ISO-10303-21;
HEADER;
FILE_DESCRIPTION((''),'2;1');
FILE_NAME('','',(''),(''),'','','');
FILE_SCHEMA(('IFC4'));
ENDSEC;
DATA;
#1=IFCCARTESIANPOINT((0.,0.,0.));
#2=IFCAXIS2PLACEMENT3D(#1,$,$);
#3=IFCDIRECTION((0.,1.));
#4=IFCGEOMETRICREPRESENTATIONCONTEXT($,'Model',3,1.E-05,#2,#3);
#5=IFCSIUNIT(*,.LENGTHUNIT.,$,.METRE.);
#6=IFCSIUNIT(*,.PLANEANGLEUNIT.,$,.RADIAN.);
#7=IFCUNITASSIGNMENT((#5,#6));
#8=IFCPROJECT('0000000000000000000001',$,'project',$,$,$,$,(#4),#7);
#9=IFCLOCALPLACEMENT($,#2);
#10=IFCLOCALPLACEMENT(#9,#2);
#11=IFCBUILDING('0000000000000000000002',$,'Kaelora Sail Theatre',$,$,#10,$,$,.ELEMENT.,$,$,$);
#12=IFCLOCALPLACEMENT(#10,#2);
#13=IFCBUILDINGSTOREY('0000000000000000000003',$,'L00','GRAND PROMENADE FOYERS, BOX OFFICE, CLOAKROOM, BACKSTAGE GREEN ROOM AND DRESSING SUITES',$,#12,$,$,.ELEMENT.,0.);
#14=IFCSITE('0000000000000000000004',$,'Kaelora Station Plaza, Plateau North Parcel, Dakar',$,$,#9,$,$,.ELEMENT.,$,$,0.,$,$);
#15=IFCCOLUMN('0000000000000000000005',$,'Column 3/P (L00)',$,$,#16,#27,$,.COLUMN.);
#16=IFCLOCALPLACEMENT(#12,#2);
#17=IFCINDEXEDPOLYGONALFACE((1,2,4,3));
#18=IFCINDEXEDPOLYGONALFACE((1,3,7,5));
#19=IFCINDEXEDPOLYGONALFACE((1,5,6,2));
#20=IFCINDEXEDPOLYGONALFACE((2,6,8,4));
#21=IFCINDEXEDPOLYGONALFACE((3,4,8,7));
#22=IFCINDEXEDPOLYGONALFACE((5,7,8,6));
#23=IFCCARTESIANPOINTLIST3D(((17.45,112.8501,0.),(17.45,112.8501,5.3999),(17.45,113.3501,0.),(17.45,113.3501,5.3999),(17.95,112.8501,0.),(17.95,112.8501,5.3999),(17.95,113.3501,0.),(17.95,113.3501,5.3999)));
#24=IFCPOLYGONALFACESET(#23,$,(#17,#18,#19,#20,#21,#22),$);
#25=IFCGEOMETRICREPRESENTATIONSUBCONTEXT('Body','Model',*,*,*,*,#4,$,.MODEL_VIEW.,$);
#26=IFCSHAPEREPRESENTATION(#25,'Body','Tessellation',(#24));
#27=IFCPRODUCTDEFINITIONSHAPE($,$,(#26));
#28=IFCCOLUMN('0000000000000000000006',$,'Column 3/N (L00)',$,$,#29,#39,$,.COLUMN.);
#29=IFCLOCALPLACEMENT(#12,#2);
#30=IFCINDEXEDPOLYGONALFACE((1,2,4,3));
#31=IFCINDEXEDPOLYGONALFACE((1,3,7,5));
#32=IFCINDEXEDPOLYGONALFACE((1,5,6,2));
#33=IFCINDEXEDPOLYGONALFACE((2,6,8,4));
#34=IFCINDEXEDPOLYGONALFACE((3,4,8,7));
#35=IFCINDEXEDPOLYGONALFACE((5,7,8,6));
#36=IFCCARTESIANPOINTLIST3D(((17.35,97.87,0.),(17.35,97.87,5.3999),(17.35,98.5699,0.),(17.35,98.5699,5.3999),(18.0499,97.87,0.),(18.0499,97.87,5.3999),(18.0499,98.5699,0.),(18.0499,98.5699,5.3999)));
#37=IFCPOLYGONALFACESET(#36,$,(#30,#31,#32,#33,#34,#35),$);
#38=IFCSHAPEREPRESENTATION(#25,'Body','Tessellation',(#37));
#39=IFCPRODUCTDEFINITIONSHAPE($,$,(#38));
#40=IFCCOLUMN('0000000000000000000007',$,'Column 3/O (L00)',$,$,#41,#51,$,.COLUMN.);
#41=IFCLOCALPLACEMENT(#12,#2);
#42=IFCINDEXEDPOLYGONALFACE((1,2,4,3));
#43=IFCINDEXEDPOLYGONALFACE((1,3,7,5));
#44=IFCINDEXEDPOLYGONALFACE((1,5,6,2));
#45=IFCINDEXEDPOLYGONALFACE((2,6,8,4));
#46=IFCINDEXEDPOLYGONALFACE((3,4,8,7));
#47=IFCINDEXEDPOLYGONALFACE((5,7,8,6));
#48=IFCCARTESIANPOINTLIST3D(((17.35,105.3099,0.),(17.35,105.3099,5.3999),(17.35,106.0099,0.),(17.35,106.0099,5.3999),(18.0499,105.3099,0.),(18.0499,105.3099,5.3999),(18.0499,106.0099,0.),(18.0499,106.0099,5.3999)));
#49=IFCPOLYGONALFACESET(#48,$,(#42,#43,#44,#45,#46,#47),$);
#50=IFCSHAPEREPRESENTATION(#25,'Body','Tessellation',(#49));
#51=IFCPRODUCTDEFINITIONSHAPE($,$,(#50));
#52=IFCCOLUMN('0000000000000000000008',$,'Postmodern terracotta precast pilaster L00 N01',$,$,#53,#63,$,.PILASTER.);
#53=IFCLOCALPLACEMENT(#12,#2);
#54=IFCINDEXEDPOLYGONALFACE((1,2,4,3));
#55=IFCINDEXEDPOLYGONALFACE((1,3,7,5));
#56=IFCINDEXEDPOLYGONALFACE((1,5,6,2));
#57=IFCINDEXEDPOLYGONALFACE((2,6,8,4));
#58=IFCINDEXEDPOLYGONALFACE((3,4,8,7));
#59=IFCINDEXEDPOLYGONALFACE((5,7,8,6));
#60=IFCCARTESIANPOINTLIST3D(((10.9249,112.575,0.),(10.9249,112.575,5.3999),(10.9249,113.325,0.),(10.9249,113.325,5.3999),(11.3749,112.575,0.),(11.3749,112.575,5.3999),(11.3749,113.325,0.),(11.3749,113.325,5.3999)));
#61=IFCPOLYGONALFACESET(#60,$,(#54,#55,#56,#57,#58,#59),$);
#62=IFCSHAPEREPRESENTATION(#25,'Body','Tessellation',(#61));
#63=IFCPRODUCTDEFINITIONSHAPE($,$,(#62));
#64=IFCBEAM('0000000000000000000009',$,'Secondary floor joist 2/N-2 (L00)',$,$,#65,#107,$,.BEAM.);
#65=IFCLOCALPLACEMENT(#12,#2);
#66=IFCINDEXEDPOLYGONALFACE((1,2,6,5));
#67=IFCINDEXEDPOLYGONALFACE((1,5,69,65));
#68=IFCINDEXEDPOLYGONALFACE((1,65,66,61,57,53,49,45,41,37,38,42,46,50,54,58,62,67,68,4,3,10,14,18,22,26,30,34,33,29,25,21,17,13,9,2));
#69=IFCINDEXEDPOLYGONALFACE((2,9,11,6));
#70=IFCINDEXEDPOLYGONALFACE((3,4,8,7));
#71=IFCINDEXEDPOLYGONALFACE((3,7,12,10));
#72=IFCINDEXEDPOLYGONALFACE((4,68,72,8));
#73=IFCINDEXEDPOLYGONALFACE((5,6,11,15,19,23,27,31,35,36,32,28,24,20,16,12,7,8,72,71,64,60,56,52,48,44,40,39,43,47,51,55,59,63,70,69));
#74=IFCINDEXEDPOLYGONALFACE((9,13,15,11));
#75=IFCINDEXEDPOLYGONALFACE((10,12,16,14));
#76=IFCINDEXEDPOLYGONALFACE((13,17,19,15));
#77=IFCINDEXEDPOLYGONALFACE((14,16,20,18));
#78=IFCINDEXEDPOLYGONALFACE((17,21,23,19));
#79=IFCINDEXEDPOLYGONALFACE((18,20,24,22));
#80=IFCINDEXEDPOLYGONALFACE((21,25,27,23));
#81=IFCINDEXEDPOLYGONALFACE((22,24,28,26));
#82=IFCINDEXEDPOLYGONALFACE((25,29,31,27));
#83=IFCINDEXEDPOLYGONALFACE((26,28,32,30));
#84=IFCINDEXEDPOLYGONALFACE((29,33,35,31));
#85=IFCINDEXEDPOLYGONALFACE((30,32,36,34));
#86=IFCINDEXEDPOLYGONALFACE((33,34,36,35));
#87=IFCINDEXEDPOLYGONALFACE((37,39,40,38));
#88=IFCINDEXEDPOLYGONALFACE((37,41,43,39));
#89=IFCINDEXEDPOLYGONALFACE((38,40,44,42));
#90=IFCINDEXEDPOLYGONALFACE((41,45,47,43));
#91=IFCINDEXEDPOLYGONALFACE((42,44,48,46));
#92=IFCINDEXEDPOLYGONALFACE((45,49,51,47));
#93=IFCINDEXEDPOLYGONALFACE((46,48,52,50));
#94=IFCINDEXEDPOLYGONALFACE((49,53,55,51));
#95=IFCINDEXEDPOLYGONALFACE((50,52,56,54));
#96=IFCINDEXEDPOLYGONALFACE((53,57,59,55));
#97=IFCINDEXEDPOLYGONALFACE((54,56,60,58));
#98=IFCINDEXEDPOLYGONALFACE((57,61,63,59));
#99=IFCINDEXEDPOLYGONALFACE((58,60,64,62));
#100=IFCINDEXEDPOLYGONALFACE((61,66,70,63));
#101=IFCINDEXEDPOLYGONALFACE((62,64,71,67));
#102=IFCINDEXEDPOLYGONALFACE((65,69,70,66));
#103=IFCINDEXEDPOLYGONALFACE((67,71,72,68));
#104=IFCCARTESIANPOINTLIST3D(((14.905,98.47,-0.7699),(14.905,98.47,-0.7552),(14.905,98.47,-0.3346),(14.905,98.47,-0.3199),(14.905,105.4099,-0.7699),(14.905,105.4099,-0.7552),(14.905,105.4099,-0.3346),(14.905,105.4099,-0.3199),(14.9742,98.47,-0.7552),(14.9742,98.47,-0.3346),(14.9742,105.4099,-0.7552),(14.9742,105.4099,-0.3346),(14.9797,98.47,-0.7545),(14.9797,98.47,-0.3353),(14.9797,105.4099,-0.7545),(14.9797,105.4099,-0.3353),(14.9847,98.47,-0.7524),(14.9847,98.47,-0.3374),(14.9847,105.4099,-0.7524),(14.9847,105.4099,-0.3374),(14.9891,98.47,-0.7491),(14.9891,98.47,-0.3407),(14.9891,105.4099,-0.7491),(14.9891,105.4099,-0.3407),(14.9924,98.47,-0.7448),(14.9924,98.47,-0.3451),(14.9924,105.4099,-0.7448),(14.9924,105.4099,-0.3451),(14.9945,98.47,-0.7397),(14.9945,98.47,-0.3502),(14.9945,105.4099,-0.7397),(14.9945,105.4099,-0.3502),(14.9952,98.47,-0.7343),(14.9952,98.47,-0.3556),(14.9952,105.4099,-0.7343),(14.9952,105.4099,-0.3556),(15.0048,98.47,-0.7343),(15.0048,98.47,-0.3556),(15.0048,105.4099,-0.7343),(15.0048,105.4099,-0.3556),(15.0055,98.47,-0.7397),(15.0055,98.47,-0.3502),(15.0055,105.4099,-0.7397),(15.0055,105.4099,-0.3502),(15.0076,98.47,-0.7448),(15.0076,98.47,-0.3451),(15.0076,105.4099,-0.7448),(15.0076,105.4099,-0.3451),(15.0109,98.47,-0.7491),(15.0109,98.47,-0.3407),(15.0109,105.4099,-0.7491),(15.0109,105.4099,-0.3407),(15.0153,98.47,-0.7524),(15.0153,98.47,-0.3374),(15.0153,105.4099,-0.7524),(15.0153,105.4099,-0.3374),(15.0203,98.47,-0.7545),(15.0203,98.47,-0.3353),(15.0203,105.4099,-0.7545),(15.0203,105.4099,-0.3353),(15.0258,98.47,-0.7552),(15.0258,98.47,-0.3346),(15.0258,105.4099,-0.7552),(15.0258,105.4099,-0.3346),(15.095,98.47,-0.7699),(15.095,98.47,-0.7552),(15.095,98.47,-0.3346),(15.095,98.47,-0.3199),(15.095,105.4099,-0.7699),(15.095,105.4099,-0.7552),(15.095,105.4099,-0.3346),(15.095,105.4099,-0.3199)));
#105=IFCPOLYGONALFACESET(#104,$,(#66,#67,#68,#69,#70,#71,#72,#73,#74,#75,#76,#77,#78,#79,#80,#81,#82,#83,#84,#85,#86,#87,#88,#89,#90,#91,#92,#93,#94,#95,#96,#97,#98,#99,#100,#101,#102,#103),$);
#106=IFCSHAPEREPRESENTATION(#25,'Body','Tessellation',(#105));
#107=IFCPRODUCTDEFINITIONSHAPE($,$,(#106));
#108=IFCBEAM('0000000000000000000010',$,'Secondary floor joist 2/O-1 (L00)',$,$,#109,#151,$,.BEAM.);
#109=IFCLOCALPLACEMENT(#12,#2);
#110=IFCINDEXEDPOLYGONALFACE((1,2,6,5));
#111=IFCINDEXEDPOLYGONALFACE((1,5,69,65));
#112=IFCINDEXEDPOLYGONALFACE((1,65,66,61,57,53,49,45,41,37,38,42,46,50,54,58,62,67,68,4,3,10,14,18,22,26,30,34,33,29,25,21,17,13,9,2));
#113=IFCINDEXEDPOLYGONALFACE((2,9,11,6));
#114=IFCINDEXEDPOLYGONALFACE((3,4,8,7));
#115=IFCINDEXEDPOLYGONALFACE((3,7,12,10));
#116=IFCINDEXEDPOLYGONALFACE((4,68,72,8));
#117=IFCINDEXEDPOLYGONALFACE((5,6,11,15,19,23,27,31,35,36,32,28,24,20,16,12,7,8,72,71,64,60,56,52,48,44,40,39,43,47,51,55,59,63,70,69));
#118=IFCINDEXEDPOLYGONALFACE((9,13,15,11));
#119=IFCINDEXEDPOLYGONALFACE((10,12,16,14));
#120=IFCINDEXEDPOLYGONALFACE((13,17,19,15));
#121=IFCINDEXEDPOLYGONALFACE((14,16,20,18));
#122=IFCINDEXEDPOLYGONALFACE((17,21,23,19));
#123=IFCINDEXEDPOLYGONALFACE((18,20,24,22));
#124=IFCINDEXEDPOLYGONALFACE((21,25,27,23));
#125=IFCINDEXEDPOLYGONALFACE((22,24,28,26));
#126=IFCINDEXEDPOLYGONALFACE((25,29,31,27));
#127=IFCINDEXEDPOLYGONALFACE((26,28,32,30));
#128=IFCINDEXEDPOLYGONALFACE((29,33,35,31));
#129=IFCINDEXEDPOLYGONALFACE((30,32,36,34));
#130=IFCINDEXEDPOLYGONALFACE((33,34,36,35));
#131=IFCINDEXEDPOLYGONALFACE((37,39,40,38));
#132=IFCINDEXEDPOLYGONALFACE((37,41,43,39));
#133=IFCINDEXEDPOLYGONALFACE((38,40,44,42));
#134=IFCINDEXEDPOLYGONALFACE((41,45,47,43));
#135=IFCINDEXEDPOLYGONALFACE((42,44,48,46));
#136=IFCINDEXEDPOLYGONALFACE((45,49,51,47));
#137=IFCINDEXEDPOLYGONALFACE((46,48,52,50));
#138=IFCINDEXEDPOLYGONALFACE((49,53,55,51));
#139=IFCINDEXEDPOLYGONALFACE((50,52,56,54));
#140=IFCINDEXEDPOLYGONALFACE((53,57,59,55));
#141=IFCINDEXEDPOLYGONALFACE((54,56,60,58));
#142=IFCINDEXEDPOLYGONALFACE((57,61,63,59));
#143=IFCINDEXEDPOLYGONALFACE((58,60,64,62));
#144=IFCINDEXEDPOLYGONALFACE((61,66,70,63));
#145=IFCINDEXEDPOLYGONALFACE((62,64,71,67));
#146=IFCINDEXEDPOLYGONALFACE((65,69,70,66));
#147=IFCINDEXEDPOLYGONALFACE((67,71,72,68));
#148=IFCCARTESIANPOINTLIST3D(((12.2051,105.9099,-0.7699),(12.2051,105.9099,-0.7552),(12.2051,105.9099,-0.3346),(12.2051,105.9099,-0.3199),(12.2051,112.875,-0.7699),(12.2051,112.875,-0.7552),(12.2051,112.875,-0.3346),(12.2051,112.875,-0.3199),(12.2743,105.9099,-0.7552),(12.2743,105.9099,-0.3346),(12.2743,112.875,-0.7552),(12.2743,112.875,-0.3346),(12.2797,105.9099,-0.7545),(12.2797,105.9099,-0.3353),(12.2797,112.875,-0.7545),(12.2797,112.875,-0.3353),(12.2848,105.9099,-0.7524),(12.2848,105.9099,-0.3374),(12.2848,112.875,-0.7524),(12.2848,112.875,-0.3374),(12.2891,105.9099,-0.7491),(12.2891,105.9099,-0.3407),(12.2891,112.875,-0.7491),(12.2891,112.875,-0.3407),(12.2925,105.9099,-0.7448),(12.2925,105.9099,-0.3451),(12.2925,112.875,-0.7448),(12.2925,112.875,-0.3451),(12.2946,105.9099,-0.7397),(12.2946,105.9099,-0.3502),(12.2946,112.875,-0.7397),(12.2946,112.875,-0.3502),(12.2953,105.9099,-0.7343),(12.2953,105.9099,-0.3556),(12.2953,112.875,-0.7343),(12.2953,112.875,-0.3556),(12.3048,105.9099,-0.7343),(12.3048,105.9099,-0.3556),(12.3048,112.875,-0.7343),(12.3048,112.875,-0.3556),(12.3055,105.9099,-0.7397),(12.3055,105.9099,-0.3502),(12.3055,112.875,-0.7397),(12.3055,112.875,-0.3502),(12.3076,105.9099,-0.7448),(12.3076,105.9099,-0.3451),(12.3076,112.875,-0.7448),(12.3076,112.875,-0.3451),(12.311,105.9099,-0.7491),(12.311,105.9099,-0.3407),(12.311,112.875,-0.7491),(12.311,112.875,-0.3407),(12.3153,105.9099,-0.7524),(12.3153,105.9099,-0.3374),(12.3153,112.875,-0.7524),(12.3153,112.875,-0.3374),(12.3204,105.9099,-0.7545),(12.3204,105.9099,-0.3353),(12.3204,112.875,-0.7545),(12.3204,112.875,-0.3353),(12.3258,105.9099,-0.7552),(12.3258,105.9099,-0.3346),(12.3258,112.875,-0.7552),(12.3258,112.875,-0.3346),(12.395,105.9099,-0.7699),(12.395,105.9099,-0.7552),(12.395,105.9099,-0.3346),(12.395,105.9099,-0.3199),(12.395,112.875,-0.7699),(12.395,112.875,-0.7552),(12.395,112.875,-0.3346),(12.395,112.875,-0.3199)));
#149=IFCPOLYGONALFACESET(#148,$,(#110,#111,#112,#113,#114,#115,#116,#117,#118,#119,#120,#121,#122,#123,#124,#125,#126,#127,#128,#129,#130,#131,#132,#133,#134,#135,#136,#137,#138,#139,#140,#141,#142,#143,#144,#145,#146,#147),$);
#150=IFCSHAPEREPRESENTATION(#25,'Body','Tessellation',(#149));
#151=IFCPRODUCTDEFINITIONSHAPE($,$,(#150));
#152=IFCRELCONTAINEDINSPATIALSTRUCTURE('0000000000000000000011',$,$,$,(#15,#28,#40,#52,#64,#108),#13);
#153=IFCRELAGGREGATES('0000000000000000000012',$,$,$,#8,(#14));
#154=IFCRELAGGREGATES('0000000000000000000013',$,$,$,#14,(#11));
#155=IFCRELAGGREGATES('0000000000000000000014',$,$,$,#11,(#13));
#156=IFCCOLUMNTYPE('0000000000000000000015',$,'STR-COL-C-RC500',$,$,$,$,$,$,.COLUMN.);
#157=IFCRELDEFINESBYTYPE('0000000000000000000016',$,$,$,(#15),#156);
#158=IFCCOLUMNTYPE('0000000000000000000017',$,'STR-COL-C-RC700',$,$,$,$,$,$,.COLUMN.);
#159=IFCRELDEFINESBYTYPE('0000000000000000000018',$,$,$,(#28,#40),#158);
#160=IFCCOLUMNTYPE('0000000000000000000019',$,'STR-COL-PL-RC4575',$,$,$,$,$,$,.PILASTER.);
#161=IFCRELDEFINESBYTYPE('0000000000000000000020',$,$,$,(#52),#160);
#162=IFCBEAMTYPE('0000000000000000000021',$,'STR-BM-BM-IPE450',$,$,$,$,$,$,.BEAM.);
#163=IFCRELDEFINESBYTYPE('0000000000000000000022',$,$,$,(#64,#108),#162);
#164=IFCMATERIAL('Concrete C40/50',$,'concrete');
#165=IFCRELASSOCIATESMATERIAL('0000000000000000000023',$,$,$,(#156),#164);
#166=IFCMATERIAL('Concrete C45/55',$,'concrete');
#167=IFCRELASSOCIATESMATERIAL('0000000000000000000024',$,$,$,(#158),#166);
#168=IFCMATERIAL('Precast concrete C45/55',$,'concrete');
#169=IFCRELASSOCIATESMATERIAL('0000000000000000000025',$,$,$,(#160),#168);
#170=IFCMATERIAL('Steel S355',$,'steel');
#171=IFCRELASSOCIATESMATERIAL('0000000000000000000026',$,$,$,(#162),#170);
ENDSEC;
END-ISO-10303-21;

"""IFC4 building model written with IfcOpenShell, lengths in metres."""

from ifc_helpers import new_model, si_unit, direction, frame, origin, origin_2d, place, context, subcontext, project, spatial, rectangle, i_section, extrude, material, material_profile, profile_set, type_object, element, save


model = new_model("IFC4")

# Units and contexts
model_context = context("Model", 3, precision=1e-05, world=origin(), true_north=direction((0.0, 1.0)))
body_context = subcontext(model_context, "Body", "Model", "MODEL_VIEW")
ifc_project = project(units=[si_unit("LENGTHUNIT", "METRE"), si_unit("PLANEANGLEUNIT", "RADIAN")], contexts=[model_context])

# Site, building, storey
site_placement = place(None, origin())
site = spatial("IfcSite", under=ifc_project, at=site_placement, Name="Kaelora Station Plaza, Plateau North Parcel, Dakar", CompositionType="ELEMENT", RefElevation=0.0)
building_placement = place(site_placement, origin())
building = spatial("IfcBuilding", under=site, at=building_placement, Name="Kaelora Sail Theatre", CompositionType="ELEMENT")
storey_placement = place(building_placement, origin())
storey = spatial("IfcBuildingStorey", under=building, at=storey_placement, Name="L00", Description="GRAND PROMENADE FOYERS, BOX OFFICE, CLOAKROOM, BACKSTAGE GREEN ROOM AND DRESSING SUITES", CompositionType="ELEMENT", Elevation=0.0)

# Columns
ifc_material_1 = material(Name="Concrete C40/50", Category="concrete")
ifc_material_profile_1 = material_profile(ifc_material_1, rectangle(XDim=0.5, YDim=0.5, at=origin_2d()), Name="RC-COL 500x500")
ifc_profile_set_1 = profile_set([ifc_material_profile_1], Name="Concrete C40/50")
column_type_1 = type_object("IfcColumnType", Name="STR-COL-C-RC500", PredefinedType="COLUMN", material=ifc_profile_set_1)
column_1_placement = place(storey_placement, frame((17.7, 113.1001, 0.0), z_axis=(0.0, 0.0, 1.0), x_axis=(1.0, 0.0, 0.0)))
element("IfcColumn", 1, at=column_1_placement, inside=storey, type_object=column_type_1, Name="Column 3/P (L00)", PredefinedType="COLUMN", context=body_context, shape_type="SweptSolid", body=[
    extrude(rectangle(XDim=0.5, YDim=0.5, at=origin_2d()), origin(), (0.0, 0.0, 1.0), 5.3999),
])
ifc_material_2 = material(Name="Concrete C45/55", Category="concrete")
ifc_material_profile_2 = material_profile(ifc_material_2, rectangle(XDim=0.7, YDim=0.7, at=origin_2d()), Name="RC-COL 700x700")
ifc_profile_set_2 = profile_set([ifc_material_profile_2], Name="Concrete C45/55")
column_type_2 = type_object("IfcColumnType", Name="STR-COL-C-RC700", PredefinedType="COLUMN", material=ifc_profile_set_2)
for number, where, z_axis, x_axis, name in (
    (2, (17.7, 98.22, 0.0), (0.0, 0.0, 1.0), (1.0, 0.0, 0.0), "Column 3/N (L00)"),
    (3, (17.7, 105.6599, 0.0), (0.0, 0.0, 1.0), (1.0, 0.0, 0.0), "Column 3/O (L00)"),
):
    element("IfcColumn", number, at=place(storey_placement, frame(where, z_axis=z_axis, x_axis=x_axis)), inside=storey, type_object=column_type_2, Name=name, PredefinedType="COLUMN", context=body_context, shape_type="SweptSolid", body=[
        extrude(rectangle(XDim=0.7, YDim=0.7, at=origin_2d()), origin(), (0.0, 0.0, 1.0), 5.3999),
    ])
ifc_material_3 = material(Name="Precast concrete C45/55", Category="concrete")
ifc_material_profile_3 = material_profile(ifc_material_3, rectangle(XDim=0.45, YDim=0.75, at=origin_2d()), Name="RC-PIL 450x750")
ifc_profile_set_3 = profile_set([ifc_material_profile_3], Name="Precast concrete C45/55")
column_type_3 = type_object("IfcColumnType", Name="STR-COL-PL-RC4575", PredefinedType="PILASTER", material=ifc_profile_set_3)
column_2_placement = place(storey_placement, frame((11.1499, 112.95, 0.0), z_axis=(0.0, 0.0, 1.0), x_axis=(1.0, 0.0, 0.0)))
element("IfcColumn", 4, at=column_2_placement, inside=storey, type_object=column_type_3, Name="Postmodern terracotta precast pilaster L00 N01", PredefinedType="PILASTER", context=body_context, shape_type="SweptSolid", body=[
    extrude(rectangle(XDim=0.45, YDim=0.75, at=origin_2d()), origin(), (0.0, 0.0, 1.0), 5.3999),
])

# Beams
ifc_material_4 = material(Name="Steel S355", Category="steel")
ifc_material_profile_4 = material_profile(ifc_material_4, i_section(OverallWidth=0.1899, OverallDepth=0.45, WebThickness=0.0095, FlangeThickness=0.0146, FilletRadius=0.021, at=origin_2d()), Name="IPE 450")
ifc_profile_set_4 = profile_set([ifc_material_profile_4], Name="Steel S355")
beam_type_1 = type_object("IfcBeamType", Name="STR-BM-BM-IPE450", PredefinedType="BEAM", material=ifc_profile_set_4)
beam_1_placement = place(storey_placement, frame((15.0, 98.47, -0.5449), z_axis=(0.0, 1.0, 0.0), x_axis=(-1.0, 0.0, 0.0)))
element("IfcBeam", 5, at=beam_1_placement, inside=storey, type_object=beam_type_1, Name="Secondary floor joist 2/N-2 (L00)", PredefinedType="BEAM", context=body_context, shape_type="SweptSolid", body=[
    extrude(i_section(OverallWidth=0.1899, OverallDepth=0.45, WebThickness=0.0095, FlangeThickness=0.0146, FilletRadius=0.021, at=origin_2d()), origin(), (0.0, 0.0, 1.0), 6.9399),
])
beam_2_placement = place(storey_placement, frame((12.3, 105.9099, -0.5449), z_axis=(0.0, 1.0, 0.0), x_axis=(-1.0, 0.0, 0.0)))
element("IfcBeam", 6, at=beam_2_placement, inside=storey, type_object=beam_type_1, Name="Secondary floor joist 2/O-1 (L00)", PredefinedType="BEAM", context=body_context, shape_type="SweptSolid", body=[
    extrude(i_section(OverallWidth=0.1899, OverallDepth=0.45, WebThickness=0.0095, FlangeThickness=0.0146, FilletRadius=0.021, at=origin_2d()), origin(), (0.0, 0.0, 1.0), 6.9651),
])

save(model, "model.ifc")
